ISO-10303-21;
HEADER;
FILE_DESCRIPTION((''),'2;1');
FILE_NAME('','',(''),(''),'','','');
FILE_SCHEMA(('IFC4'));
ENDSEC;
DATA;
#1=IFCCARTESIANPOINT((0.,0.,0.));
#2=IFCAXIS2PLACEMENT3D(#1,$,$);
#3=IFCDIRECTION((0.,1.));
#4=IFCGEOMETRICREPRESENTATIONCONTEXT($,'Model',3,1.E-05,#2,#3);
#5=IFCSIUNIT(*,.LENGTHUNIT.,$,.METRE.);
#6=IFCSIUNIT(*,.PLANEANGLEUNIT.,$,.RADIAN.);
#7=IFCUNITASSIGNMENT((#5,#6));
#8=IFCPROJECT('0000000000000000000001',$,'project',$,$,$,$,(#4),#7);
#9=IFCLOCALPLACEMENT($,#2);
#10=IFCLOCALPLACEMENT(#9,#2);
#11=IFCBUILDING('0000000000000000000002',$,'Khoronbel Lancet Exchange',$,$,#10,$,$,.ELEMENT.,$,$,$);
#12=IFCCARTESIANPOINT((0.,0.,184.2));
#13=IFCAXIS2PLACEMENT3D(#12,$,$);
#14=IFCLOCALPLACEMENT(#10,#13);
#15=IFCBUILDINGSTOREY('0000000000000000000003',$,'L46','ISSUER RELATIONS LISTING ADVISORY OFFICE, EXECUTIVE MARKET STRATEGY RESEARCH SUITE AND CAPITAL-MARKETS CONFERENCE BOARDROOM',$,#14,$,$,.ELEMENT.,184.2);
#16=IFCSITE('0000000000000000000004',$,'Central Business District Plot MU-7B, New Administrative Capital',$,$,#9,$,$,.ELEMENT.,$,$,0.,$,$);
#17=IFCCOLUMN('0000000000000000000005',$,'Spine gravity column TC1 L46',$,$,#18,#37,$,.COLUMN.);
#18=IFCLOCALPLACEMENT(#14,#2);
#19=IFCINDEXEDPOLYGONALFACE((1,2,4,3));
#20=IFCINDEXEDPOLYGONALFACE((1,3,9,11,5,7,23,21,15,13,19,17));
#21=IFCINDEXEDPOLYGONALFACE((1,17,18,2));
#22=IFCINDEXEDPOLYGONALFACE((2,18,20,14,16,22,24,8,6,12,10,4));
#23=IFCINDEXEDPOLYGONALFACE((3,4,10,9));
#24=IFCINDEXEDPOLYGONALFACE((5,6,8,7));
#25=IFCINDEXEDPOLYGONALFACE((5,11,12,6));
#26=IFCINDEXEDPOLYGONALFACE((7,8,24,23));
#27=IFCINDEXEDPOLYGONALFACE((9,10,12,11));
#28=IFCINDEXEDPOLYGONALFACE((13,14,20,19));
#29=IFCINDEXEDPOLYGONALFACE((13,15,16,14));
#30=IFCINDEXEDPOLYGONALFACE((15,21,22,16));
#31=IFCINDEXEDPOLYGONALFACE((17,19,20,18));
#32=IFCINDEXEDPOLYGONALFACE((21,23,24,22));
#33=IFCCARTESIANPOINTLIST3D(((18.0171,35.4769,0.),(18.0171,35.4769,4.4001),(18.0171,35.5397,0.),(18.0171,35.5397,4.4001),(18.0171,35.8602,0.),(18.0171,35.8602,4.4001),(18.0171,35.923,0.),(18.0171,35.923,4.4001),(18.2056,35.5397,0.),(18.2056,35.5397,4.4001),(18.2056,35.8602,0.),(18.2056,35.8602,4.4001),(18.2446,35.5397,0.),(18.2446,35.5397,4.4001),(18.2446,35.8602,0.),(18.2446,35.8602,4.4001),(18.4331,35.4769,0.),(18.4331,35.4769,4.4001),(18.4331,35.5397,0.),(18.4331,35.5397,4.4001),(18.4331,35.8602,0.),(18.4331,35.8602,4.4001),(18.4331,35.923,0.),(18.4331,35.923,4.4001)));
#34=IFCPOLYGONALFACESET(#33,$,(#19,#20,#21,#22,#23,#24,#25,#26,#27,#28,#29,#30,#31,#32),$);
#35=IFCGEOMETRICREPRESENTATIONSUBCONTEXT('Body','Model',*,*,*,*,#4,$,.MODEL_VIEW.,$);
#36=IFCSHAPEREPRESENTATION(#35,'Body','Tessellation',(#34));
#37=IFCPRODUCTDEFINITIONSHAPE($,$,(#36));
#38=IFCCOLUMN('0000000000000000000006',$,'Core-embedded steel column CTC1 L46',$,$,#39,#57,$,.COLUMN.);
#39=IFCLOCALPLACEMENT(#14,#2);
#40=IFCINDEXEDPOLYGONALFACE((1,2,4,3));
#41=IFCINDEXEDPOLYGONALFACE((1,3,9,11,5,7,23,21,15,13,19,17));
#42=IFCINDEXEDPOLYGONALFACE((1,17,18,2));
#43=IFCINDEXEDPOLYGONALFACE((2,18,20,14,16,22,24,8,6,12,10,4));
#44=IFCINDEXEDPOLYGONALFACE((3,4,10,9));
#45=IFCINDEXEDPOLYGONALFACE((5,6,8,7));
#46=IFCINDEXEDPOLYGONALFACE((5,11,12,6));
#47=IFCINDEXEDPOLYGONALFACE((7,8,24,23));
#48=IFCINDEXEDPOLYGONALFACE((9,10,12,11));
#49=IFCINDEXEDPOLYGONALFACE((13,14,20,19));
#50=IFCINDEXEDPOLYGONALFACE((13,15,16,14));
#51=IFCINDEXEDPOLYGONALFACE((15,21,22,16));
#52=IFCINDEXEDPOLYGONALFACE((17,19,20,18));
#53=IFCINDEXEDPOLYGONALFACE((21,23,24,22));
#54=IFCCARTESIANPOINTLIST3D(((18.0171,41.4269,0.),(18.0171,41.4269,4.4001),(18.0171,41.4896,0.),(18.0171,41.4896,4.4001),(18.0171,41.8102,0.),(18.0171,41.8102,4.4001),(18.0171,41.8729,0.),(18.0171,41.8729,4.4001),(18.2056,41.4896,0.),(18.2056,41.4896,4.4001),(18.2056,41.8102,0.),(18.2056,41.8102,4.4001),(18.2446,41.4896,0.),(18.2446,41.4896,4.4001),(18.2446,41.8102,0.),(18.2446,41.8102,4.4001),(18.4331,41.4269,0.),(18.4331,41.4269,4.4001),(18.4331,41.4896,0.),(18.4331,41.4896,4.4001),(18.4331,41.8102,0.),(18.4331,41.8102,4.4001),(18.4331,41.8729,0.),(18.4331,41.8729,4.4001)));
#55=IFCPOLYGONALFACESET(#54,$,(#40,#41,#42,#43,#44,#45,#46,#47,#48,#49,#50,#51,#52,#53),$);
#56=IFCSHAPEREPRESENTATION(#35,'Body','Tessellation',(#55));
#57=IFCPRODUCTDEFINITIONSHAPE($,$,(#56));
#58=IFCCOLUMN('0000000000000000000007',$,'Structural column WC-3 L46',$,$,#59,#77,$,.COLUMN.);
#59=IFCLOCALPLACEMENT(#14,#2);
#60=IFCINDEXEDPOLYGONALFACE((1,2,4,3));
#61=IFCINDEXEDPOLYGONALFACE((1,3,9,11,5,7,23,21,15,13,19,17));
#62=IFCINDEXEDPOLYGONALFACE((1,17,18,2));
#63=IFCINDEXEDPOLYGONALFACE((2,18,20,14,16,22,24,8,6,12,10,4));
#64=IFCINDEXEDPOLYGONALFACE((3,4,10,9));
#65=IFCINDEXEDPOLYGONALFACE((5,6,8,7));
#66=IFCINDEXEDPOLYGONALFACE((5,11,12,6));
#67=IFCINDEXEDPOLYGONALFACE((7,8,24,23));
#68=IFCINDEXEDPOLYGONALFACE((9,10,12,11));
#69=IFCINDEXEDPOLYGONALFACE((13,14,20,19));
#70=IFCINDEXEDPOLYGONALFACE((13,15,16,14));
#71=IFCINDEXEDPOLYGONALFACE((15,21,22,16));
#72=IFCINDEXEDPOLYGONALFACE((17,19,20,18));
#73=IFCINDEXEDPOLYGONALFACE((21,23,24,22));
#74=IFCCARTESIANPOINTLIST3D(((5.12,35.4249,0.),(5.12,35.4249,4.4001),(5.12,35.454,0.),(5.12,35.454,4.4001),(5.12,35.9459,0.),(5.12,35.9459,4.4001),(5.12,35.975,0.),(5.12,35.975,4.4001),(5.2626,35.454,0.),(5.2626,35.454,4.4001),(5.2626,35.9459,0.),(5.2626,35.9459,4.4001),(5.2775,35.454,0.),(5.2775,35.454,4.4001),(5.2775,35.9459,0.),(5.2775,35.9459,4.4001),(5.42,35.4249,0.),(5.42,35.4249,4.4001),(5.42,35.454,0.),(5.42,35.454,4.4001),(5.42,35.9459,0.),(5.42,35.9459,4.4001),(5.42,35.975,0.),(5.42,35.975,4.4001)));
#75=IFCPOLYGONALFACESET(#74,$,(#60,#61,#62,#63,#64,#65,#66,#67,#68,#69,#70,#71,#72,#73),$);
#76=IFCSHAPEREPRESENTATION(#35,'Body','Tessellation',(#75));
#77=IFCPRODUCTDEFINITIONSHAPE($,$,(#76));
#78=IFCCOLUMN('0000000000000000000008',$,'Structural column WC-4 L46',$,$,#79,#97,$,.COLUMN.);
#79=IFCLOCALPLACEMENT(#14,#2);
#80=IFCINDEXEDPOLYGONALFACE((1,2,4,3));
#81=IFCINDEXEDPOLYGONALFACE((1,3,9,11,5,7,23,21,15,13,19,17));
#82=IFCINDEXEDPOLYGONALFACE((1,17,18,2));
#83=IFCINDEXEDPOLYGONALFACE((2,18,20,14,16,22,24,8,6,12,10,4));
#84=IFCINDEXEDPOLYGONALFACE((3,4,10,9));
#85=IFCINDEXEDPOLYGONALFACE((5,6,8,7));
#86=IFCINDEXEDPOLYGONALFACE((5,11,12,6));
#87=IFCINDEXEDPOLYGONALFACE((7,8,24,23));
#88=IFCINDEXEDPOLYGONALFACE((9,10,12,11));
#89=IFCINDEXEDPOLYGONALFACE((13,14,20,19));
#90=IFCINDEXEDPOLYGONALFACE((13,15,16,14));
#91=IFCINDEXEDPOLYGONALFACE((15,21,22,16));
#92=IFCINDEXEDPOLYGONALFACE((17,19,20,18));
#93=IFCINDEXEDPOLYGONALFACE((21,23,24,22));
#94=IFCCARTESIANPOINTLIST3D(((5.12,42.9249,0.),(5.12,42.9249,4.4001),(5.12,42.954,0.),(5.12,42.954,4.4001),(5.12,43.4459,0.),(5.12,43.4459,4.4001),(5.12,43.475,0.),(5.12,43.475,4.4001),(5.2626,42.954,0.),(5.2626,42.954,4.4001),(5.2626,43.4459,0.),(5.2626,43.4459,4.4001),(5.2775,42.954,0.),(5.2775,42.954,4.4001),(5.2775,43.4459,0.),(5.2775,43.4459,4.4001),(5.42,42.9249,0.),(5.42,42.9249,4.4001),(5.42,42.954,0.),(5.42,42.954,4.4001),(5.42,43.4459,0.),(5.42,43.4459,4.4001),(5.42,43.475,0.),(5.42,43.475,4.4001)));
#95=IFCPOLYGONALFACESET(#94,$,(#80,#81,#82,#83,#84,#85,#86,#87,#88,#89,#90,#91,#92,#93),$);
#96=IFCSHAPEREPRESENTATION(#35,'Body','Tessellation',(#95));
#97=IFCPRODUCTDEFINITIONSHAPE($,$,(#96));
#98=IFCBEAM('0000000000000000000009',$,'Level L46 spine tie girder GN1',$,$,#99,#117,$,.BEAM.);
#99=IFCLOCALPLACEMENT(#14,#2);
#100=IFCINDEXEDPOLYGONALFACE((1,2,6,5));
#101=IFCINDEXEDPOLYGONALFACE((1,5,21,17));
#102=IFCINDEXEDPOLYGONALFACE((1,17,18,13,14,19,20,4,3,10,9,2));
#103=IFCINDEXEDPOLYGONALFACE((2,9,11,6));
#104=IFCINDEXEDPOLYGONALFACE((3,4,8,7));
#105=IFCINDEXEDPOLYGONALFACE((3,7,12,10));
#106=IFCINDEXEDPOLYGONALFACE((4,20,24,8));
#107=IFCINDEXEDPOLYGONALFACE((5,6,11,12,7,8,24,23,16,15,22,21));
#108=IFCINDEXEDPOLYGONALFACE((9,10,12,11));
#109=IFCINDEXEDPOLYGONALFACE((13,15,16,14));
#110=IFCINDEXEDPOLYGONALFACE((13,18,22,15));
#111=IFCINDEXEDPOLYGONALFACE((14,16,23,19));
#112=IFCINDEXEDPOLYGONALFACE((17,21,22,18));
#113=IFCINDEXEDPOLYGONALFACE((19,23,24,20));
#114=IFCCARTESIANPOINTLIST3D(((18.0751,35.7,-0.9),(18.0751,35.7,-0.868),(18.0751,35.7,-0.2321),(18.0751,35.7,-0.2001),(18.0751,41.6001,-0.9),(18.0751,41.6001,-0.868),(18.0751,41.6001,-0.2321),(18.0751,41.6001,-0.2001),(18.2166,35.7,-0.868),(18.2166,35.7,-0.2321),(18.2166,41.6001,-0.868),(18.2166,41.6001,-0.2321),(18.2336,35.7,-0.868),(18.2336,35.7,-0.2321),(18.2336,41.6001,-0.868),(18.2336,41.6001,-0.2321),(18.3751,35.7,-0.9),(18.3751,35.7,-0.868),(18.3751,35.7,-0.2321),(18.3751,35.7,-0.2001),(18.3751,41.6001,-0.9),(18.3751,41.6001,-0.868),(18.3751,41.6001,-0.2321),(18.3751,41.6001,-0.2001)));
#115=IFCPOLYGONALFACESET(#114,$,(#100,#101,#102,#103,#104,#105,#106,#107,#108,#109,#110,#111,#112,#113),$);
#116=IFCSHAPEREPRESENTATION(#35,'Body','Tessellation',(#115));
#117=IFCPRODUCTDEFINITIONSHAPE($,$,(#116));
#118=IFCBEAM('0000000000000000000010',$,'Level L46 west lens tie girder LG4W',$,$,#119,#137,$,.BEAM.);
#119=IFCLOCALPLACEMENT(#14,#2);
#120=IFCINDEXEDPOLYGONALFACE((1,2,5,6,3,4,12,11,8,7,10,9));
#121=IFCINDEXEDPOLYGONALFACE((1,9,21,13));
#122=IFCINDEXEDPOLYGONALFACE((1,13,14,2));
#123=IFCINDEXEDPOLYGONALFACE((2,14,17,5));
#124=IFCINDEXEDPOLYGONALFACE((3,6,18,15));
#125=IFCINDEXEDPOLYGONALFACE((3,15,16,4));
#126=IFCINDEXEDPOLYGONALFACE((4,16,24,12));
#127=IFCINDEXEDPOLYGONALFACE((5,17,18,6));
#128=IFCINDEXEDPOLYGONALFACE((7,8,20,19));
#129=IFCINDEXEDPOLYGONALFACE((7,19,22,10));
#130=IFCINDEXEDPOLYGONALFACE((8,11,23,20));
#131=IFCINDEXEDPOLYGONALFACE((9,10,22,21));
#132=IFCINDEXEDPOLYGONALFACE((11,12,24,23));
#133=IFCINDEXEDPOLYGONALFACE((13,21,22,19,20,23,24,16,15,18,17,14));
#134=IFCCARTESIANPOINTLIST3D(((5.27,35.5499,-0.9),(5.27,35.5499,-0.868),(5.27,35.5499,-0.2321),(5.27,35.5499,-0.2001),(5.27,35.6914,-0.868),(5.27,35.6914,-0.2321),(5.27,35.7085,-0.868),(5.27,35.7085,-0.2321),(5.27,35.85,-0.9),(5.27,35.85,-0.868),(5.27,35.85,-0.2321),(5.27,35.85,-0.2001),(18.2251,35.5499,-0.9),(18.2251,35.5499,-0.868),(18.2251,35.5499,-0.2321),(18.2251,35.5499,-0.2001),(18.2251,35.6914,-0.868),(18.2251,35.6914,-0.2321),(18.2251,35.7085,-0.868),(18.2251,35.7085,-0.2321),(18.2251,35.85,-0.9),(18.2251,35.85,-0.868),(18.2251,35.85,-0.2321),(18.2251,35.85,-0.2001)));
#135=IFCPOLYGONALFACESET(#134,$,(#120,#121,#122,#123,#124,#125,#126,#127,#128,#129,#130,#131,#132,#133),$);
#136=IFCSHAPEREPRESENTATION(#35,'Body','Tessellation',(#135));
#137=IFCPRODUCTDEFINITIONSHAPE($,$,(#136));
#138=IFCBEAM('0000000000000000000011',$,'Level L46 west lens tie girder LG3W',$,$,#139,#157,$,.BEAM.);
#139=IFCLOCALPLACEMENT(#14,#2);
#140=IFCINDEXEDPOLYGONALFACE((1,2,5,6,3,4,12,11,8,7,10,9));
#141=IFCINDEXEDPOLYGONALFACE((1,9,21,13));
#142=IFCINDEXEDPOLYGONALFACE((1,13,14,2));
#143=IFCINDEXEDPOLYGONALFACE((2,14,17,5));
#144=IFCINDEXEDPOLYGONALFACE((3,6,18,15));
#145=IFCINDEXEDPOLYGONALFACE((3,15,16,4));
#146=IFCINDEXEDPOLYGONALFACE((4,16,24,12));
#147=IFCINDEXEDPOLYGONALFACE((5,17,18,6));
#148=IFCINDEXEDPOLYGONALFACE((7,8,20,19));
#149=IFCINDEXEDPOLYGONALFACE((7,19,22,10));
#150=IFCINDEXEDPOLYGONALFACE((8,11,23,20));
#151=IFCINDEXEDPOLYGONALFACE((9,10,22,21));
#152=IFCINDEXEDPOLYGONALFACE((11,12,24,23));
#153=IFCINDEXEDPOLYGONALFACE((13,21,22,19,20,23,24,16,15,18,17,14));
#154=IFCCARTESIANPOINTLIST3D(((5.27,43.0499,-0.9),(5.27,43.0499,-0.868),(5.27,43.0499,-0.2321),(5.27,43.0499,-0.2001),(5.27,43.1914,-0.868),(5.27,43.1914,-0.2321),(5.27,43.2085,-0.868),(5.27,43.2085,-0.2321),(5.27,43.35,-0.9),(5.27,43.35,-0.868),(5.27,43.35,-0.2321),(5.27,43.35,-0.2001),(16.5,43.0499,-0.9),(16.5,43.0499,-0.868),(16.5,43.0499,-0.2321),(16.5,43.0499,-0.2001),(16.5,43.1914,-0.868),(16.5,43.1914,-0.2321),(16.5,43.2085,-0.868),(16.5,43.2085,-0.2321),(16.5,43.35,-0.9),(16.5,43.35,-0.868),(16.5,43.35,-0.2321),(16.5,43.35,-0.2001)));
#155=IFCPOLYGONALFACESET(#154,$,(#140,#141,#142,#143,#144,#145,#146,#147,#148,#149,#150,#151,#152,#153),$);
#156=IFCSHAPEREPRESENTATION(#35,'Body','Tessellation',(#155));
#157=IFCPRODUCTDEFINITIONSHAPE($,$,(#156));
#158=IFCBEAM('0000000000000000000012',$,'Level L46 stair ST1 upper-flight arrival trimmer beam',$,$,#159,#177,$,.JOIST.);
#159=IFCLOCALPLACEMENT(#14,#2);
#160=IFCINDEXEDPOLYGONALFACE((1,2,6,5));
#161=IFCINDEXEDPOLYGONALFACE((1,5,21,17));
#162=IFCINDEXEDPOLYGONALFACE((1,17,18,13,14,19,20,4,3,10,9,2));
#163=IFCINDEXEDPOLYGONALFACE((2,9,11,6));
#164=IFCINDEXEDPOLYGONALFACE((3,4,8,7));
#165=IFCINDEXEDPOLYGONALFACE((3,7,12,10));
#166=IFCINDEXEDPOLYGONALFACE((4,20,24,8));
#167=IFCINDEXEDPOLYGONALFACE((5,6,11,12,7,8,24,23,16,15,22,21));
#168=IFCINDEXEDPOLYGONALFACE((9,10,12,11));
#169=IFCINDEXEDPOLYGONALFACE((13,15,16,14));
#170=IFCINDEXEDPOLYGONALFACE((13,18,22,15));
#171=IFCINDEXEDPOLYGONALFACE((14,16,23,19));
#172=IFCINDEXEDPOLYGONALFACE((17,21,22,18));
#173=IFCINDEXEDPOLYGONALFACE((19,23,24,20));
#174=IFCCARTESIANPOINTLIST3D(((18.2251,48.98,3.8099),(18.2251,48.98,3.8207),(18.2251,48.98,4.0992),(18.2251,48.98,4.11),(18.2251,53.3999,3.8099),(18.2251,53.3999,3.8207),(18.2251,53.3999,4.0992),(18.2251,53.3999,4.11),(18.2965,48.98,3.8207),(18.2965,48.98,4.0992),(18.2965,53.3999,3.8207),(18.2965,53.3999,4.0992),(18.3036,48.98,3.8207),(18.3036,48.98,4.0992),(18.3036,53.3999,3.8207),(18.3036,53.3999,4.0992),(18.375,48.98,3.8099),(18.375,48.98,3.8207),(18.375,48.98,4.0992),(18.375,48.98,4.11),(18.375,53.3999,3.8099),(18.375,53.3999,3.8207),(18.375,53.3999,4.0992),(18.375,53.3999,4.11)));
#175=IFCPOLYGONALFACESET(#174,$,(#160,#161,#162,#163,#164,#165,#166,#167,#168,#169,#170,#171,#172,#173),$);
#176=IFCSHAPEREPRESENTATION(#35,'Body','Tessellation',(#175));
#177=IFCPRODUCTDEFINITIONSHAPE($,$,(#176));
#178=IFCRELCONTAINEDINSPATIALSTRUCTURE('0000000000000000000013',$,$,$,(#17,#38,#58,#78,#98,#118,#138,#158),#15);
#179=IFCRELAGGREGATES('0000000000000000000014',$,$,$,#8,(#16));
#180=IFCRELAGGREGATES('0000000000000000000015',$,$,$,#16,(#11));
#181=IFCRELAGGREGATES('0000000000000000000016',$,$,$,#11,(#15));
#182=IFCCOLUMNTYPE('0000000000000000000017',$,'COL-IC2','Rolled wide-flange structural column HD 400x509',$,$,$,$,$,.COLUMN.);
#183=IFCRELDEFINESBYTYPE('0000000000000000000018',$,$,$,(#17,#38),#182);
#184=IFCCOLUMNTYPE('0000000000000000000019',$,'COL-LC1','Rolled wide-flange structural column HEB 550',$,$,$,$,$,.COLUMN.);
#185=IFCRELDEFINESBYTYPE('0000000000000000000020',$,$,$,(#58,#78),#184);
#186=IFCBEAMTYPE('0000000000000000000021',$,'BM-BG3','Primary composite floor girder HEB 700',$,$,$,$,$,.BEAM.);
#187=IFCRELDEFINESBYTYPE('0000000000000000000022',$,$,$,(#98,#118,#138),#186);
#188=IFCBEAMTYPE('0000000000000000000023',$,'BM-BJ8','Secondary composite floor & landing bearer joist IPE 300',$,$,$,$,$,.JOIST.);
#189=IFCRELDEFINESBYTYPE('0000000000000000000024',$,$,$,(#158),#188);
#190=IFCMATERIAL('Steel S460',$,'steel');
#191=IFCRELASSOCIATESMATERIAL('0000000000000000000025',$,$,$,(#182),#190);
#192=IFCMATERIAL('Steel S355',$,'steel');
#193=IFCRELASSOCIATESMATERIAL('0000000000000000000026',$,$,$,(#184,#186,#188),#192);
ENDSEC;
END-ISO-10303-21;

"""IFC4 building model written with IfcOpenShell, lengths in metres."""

from ifc_helpers import new_model, si_unit, direction, frame, origin, origin_2d, place, context, subcontext, project, spatial, i_section, extrude, material, material_profile, profile_set, type_object, element, save


model = new_model("IFC4")

# Units and contexts
model_context = context("Model", 3, precision=1e-05, world=origin(), true_north=direction((0.0, 1.0)))
body_context = subcontext(model_context, "Body", "Model", "MODEL_VIEW")
ifc_project = project(units=[si_unit("LENGTHUNIT", "METRE"), si_unit("PLANEANGLEUNIT", "RADIAN")], contexts=[model_context])

# Site, building, storey
site_placement = place(None, origin())
site = spatial("IfcSite", under=ifc_project, at=site_placement, Name="Central Business District Plot MU-7B, New Administrative Capital", CompositionType="ELEMENT", RefElevation=0.0)
building_placement = place(site_placement, origin())
building = spatial("IfcBuilding", under=site, at=building_placement, Name="Khoronbel Lancet Exchange", CompositionType="ELEMENT")
storey_placement = place(building_placement, frame((0.0, 0.0, 184.2)))
storey = spatial("IfcBuildingStorey", under=building, at=storey_placement, Name="L46", Description="ISSUER RELATIONS LISTING ADVISORY OFFICE, EXECUTIVE MARKET STRATEGY RESEARCH SUITE AND CAPITAL-MARKETS CONFERENCE BOARDROOM", CompositionType="ELEMENT", Elevation=184.2)

# Columns
ifc_material_1 = material(Name="Steel S460", Category="steel")
ifc_material_profile_1 = material_profile(ifc_material_1, i_section(OverallWidth=0.416, OverallDepth=0.446, WebThickness=0.0391, FlangeThickness=0.0627, at=origin_2d()), Name="HD 400x509")
ifc_profile_set_1 = profile_set([ifc_material_profile_1], Name="Steel S460")
column_type_1 = type_object("IfcColumnType", Name="COL-IC2", Description="Rolled wide-flange structural column HD 400x509", PredefinedType="COLUMN", material=ifc_profile_set_1)
for number, where, z_axis, x_axis, name in (
    (1, (18.2251, 35.7, 0.0), (0.0, 0.0, 1.0), (1.0, 0.0, 0.0), "Spine gravity column TC1 L46"),
    (2, (18.2251, 41.6499, 0.0), (0.0, 0.0, 1.0), (1.0, 0.0, 0.0), "Core-embedded steel column CTC1 L46"),
):
    element("IfcColumn", number, at=place(storey_placement, frame(where, z_axis=z_axis, x_axis=x_axis)), inside=storey, type_object=column_type_1, Name=name, PredefinedType="COLUMN", context=body_context, shape_type="SweptSolid", body=[
        extrude(i_section(OverallWidth=0.416, OverallDepth=0.446, WebThickness=0.0391, FlangeThickness=0.0627, at=origin_2d()), origin(), (0.0, 0.0, 1.0), 4.4001),
    ])
ifc_material_2 = material(Name="Steel S355", Category="steel")
ifc_material_profile_2 = material_profile(ifc_material_2, i_section(OverallWidth=0.3, OverallDepth=0.55, WebThickness=0.0149, FlangeThickness=0.0291, at=origin_2d()), Name="HEB 550")
ifc_profile_set_2 = profile_set([ifc_material_profile_2], Name="Steel S355")
column_type_2 = type_object("IfcColumnType", Name="COL-LC1", Description="Rolled wide-flange structural column HEB 550", PredefinedType="COLUMN", material=ifc_profile_set_2)
for number, where, z_axis, x_axis, name in (
    (3, (5.27, 35.7, 0.0), (0.0, 0.0, 1.0), (1.0, 0.0, 0.0), "Structural column WC-3 L46"),
    (4, (5.27, 43.2, 0.0), (0.0, 0.0, 1.0), (1.0, 0.0, 0.0), "Structural column WC-4 L46"),
):
    element("IfcColumn", number, at=place(storey_placement, frame(where, z_axis=z_axis, x_axis=x_axis)), inside=storey, type_object=column_type_2, Name=name, PredefinedType="COLUMN", context=body_context, shape_type="SweptSolid", body=[
        extrude(i_section(OverallWidth=0.3, OverallDepth=0.55, WebThickness=0.0149, FlangeThickness=0.0291, at=origin_2d()), origin(), (0.0, 0.0, 1.0), 4.4001),
    ])

# Beams
ifc_material_profile_3 = material_profile(ifc_material_2, i_section(OverallWidth=0.3, OverallDepth=0.7, WebThickness=0.0171, FlangeThickness=0.032, at=origin_2d()), Name="HEB 700")
ifc_profile_set_3 = profile_set([ifc_material_profile_3], Name="Steel S355")
beam_type_1 = type_object("IfcBeamType", Name="BM-BG3", Description="Primary composite floor girder HEB 700", PredefinedType="BEAM", material=ifc_profile_set_3)
beam_1_placement = place(storey_placement, frame((18.2251, 35.7, -0.55), z_axis=(0.0, 1.0, 0.0), x_axis=(-1.0, 0.0, 0.0)))
element("IfcBeam", 5, at=beam_1_placement, inside=storey, type_object=beam_type_1, Name="Level L46 spine tie girder GN1", PredefinedType="BEAM", context=body_context, shape_type="SweptSolid", body=[
    extrude(i_section(OverallWidth=0.3, OverallDepth=0.7, WebThickness=0.0171, FlangeThickness=0.032, at=origin_2d()), origin(), (0.0, 0.0, 1.0), 5.9001),
])
beam_2_placement = place(storey_placement, frame((5.27, 35.7, -0.55), z_axis=(1.0, 0.0, 0.0), x_axis=(0.0, 1.0, 0.0)))
element("IfcBeam", 6, at=beam_2_placement, inside=storey, type_object=beam_type_1, Name="Level L46 west lens tie girder LG4W", PredefinedType="BEAM", context=body_context, shape_type="SweptSolid", body=[
    extrude(i_section(OverallWidth=0.3, OverallDepth=0.7, WebThickness=0.0171, FlangeThickness=0.032, at=origin_2d()), origin(), (0.0, 0.0, 1.0), 12.9551),
])
beam_3_placement = place(storey_placement, frame((5.27, 43.2, -0.55), z_axis=(1.0, 0.0, 0.0), x_axis=(0.0, 1.0, 0.0)))
element("IfcBeam", 7, at=beam_3_placement, inside=storey, type_object=beam_type_1, Name="Level L46 west lens tie girder LG3W", PredefinedType="BEAM", context=body_context, shape_type="SweptSolid", body=[
    extrude(i_section(OverallWidth=0.3, OverallDepth=0.7, WebThickness=0.0171, FlangeThickness=0.032, at=origin_2d()), origin(), (0.0, 0.0, 1.0), 11.23),
])
ifc_material_profile_4 = material_profile(ifc_material_2, i_section(OverallWidth=0.1499, OverallDepth=0.3, WebThickness=0.0071, FlangeThickness=0.0107, at=origin_2d()), Name="IPE 300")
ifc_profile_set_4 = profile_set([ifc_material_profile_4], Name="Steel S355")
beam_type_2 = type_object("IfcBeamType", Name="BM-BJ8", Description="Secondary composite floor & landing bearer joist IPE 300", PredefinedType="JOIST", material=ifc_profile_set_4)
beam_4_placement = place(storey_placement, frame((18.3, 48.98, 3.96), z_axis=(0.0, 1.0, 0.0), x_axis=(-1.0, 0.0, 0.0)))
element("IfcBeam", 8, at=beam_4_placement, inside=storey, type_object=beam_type_2, Name="Level L46 stair ST1 upper-flight arrival trimmer beam", PredefinedType="JOIST", context=body_context, shape_type="SweptSolid", body=[
    extrude(i_section(OverallWidth=0.1499, OverallDepth=0.3, WebThickness=0.0071, FlangeThickness=0.0107, at=origin_2d()), origin(), (0.0, 0.0, 1.0), 4.4199),
])

save(model, "model.ifc")
